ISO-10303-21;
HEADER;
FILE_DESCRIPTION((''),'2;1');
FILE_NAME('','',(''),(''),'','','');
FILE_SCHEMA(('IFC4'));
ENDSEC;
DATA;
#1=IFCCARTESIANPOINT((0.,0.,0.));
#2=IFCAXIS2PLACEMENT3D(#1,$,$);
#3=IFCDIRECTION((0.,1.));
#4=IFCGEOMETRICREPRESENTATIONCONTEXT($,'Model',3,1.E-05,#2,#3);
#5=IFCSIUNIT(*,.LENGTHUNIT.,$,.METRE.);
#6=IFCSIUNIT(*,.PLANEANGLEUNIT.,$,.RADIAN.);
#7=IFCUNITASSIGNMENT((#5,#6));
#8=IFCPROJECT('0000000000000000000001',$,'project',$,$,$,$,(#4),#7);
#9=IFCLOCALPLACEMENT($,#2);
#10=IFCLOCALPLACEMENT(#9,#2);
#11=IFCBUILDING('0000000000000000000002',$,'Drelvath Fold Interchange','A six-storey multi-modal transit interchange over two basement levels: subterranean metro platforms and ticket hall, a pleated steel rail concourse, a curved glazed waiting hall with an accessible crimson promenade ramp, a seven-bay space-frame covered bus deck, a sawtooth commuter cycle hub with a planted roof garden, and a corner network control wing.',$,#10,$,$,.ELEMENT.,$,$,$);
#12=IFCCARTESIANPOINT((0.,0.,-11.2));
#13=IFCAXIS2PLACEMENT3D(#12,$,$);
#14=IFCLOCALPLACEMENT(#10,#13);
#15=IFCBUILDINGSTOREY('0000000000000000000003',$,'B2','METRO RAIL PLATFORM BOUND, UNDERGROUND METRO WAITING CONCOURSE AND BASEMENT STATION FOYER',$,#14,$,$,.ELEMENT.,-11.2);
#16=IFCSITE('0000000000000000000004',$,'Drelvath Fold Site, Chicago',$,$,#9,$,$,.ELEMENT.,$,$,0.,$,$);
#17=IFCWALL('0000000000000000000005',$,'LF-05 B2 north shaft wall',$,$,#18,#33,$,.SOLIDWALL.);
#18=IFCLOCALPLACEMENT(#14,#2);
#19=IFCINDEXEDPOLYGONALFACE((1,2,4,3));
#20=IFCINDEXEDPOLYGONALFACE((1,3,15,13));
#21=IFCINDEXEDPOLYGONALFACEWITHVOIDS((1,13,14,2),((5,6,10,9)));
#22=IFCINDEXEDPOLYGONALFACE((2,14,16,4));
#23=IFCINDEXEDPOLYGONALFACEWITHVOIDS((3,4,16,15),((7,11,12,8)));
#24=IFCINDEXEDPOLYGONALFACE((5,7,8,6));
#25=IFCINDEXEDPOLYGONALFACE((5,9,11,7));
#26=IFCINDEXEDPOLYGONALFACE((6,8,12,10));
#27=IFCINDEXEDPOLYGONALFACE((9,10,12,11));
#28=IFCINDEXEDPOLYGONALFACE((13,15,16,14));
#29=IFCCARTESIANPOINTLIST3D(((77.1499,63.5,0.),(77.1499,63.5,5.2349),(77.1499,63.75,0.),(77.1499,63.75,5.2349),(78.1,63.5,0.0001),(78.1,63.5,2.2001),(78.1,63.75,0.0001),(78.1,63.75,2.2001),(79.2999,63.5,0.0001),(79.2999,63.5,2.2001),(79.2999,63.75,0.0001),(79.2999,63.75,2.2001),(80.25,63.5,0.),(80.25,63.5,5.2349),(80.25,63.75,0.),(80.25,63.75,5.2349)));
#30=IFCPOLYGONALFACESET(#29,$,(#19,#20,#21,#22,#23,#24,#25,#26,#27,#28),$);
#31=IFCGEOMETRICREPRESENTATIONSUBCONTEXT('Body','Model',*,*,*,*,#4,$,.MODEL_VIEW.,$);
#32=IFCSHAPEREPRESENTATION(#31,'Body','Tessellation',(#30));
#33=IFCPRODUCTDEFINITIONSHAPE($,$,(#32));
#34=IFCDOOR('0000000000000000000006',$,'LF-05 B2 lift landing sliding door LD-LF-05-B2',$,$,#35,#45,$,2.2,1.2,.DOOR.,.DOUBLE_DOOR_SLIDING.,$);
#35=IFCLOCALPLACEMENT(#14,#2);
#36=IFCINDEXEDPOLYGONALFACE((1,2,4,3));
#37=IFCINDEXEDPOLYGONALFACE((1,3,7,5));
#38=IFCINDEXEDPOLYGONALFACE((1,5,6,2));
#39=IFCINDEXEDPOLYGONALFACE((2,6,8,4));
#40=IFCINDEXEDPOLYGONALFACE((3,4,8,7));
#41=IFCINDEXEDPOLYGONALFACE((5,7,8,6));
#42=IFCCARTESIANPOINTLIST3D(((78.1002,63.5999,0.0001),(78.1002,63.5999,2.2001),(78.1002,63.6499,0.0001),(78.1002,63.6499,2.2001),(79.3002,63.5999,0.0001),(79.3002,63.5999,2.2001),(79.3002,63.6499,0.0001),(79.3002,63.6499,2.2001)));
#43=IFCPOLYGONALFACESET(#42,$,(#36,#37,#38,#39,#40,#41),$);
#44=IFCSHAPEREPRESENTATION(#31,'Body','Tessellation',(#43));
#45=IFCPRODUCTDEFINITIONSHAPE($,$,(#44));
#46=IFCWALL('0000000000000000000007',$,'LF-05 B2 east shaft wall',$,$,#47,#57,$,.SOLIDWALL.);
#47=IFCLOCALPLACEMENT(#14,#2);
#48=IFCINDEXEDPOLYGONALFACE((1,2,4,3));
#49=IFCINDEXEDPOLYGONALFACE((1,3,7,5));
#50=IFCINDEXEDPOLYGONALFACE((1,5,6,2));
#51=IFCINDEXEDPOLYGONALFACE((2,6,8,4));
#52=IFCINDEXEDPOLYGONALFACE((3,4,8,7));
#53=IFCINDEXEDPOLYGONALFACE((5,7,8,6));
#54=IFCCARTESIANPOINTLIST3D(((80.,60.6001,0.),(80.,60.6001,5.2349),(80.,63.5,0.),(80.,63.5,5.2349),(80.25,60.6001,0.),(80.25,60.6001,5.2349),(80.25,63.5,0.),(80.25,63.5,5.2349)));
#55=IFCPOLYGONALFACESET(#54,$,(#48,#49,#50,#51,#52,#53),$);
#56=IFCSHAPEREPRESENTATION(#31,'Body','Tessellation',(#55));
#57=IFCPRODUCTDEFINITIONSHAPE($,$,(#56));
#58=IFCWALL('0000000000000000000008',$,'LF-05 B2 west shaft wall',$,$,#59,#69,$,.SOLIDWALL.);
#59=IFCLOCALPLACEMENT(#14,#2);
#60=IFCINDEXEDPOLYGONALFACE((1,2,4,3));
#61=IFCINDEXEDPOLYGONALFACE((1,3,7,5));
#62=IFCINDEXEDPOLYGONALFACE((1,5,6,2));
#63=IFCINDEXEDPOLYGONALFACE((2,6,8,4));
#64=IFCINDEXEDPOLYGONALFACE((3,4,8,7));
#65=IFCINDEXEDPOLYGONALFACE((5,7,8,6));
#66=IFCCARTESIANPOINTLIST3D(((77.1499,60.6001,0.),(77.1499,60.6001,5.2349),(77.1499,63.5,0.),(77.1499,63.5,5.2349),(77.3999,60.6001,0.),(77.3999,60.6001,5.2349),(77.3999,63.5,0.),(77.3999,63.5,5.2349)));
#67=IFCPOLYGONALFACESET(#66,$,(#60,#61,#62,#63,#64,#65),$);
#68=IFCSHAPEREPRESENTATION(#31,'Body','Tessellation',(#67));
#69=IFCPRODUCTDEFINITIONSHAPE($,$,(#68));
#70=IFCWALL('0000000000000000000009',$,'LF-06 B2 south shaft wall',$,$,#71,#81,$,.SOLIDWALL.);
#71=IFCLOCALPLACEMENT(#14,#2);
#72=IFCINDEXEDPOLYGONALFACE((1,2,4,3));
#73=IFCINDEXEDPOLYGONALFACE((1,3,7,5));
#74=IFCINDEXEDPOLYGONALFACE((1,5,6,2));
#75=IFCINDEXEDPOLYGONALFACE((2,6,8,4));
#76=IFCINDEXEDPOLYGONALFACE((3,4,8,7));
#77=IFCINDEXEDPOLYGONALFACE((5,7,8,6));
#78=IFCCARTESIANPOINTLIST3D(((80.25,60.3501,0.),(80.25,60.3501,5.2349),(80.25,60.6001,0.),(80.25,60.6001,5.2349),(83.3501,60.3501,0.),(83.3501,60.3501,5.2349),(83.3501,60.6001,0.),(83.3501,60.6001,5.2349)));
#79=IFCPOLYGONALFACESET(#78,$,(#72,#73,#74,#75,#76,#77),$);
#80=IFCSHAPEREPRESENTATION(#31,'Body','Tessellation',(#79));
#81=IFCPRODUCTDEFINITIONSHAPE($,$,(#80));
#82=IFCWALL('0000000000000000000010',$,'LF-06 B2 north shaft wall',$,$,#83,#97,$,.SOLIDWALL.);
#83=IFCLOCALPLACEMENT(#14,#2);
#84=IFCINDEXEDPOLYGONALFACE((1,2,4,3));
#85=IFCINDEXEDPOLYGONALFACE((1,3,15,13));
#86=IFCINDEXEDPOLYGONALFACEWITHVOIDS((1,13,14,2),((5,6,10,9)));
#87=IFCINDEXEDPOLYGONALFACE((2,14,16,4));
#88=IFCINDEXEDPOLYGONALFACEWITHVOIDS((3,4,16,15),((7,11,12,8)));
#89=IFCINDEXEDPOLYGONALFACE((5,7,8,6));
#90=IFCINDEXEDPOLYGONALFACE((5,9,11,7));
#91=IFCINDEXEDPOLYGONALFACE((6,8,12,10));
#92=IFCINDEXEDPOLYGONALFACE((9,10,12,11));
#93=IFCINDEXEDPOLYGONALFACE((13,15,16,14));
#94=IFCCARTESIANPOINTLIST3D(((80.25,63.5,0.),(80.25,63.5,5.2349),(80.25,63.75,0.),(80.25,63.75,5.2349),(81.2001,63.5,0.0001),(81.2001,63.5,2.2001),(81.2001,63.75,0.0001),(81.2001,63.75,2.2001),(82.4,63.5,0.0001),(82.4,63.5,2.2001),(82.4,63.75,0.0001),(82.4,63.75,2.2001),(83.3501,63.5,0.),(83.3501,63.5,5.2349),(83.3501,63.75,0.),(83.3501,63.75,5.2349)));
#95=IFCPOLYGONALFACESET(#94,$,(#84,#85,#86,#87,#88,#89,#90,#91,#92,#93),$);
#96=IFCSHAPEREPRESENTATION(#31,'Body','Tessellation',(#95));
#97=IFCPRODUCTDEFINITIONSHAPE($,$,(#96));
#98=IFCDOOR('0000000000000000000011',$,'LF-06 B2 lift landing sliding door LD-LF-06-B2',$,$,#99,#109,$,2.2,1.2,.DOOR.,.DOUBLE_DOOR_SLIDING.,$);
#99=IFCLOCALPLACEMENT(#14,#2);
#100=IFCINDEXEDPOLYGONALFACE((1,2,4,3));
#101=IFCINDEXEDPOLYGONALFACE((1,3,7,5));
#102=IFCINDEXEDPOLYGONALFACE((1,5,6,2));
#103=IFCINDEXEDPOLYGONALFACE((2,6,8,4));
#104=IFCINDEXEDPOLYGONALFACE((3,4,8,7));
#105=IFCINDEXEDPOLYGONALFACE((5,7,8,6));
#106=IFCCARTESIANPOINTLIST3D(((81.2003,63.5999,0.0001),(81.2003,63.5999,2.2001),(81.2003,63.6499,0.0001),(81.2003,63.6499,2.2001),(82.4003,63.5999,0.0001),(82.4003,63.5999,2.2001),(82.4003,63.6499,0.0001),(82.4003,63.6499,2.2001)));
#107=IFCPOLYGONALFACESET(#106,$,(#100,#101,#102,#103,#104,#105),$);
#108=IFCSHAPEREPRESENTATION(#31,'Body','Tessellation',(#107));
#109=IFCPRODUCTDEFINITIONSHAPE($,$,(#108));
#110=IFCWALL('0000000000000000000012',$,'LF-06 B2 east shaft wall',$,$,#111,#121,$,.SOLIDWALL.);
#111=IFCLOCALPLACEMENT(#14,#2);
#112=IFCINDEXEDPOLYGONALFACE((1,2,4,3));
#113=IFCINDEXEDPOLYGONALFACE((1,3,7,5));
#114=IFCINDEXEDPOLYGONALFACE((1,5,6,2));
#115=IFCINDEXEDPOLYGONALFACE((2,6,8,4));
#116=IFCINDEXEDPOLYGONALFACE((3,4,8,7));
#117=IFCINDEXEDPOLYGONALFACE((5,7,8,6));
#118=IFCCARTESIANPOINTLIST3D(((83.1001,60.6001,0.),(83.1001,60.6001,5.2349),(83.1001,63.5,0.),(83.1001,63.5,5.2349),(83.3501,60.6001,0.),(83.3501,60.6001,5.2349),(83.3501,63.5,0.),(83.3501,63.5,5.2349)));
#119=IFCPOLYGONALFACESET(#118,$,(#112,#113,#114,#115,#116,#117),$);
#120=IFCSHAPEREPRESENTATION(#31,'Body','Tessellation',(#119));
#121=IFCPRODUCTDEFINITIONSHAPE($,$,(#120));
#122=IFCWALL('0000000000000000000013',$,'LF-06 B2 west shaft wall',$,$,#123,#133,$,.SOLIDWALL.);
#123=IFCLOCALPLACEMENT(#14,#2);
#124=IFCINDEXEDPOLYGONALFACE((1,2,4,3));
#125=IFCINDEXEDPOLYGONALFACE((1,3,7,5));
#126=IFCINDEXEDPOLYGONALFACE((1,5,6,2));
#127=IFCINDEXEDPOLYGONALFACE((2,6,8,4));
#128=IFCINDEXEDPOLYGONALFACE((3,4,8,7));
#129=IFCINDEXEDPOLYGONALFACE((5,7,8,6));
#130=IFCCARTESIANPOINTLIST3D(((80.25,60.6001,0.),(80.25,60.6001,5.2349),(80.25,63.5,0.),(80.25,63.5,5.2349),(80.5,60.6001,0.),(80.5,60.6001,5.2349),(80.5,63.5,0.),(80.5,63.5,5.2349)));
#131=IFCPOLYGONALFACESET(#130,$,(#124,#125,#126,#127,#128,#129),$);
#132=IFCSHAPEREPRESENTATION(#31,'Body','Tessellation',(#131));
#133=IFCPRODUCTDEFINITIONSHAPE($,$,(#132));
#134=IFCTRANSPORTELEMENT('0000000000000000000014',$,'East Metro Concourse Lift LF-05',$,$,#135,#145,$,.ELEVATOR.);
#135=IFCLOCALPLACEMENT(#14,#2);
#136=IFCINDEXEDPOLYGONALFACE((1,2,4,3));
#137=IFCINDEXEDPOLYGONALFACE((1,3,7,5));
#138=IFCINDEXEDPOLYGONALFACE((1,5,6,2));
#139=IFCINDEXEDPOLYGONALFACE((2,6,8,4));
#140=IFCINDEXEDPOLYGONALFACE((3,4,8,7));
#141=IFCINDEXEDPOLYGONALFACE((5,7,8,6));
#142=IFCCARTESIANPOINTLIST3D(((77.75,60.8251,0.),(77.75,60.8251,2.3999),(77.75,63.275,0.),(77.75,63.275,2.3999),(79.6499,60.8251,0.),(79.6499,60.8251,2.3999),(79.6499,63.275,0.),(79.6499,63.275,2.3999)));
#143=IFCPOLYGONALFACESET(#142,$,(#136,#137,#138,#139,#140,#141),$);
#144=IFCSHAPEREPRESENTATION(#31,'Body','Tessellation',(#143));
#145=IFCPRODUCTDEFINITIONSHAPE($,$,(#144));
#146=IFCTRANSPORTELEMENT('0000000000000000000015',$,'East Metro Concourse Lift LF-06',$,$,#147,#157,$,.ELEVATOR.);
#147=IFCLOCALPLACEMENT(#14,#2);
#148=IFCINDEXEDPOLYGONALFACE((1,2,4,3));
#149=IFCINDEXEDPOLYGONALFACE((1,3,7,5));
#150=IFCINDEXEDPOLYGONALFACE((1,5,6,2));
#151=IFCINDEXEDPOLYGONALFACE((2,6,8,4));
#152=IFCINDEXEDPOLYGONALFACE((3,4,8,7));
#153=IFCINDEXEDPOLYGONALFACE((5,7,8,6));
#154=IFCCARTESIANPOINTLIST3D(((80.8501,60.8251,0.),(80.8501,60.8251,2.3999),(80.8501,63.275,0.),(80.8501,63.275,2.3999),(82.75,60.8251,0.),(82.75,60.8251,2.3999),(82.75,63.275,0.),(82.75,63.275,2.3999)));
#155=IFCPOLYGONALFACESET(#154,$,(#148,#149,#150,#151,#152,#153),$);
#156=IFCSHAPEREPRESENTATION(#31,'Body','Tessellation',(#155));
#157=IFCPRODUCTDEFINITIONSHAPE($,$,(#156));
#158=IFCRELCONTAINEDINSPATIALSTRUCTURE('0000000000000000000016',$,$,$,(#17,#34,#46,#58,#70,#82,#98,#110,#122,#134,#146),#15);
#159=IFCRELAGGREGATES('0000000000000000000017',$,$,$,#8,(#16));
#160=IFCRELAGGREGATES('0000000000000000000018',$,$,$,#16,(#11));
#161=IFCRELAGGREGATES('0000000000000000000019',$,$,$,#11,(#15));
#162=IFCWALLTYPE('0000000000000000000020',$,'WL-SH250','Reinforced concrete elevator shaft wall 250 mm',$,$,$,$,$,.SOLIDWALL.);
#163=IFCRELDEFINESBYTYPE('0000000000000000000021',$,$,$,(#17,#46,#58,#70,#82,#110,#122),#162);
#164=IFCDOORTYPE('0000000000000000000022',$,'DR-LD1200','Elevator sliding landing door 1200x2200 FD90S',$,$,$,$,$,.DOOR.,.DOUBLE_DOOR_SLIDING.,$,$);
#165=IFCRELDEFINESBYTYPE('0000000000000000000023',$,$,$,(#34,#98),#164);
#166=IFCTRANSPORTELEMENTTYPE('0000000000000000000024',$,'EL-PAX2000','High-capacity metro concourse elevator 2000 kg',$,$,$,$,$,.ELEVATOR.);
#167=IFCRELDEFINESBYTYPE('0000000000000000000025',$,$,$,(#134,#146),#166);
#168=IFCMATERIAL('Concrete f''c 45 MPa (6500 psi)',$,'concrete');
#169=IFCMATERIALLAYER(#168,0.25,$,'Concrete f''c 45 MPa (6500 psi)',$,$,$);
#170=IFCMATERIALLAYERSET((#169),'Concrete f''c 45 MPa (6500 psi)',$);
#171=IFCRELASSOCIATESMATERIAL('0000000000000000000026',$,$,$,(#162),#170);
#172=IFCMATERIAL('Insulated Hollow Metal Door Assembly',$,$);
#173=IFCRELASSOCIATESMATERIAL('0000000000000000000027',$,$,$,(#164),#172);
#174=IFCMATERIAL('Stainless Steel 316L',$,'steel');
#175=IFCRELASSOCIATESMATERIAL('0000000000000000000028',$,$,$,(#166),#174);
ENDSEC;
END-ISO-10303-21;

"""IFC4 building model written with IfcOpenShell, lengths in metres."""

from ifc_helpers import new_model, si_unit, direction, frame, frame_2d, origin, origin_2d, place, context, subcontext, project, spatial, rectangle, extrude, material, layer, layer_set, type_object, element, fill, save


model = new_model("IFC4")

# Units and contexts
model_context = context("Model", 3, precision=1e-05, world=origin(), true_north=direction((0.0, 1.0)))
body_context = subcontext(model_context, "Body", "Model", "MODEL_VIEW")
ifc_project = project(units=[si_unit("LENGTHUNIT", "METRE"), si_unit("PLANEANGLEUNIT", "RADIAN")], contexts=[model_context])

# Site, building, storey
site_placement = place(None, origin())
site = spatial("IfcSite", under=ifc_project, at=site_placement, Name="Drelvath Fold Site, Chicago", CompositionType="ELEMENT", RefElevation=0.0)
building_placement = place(site_placement, origin())
building = spatial("IfcBuilding", under=site, at=building_placement, Name="Drelvath Fold Interchange", Description="A six-storey multi-modal transit interchange over two basement levels: subterranean metro platforms and ticket hall, a pleated steel rail concourse, a curved glazed waiting hall with an accessible crimson promenade ramp, a seven-bay space-frame covered bus deck, a sawtooth commuter cycle hub with a planted roof garden, and a corner network control wing.", CompositionType="ELEMENT")
storey_placement = place(building_placement, frame((0.0, 0.0, -11.2)))
storey = spatial("IfcBuildingStorey", under=building, at=storey_placement, Name="B2", Description="METRO RAIL PLATFORM BOUND, UNDERGROUND METRO WAITING CONCOURSE AND BASEMENT STATION FOYER", CompositionType="ELEMENT", Elevation=-11.2)

# Shared definitions
ifc_material_1 = material(Name="Concrete f'c 45 MPa (6500 psi)", Category="concrete")

# Shared definitions
ifc_layer = layer(ifc_material_1, 0.25, Name="Concrete f'c 45 MPa (6500 psi)")
ifc_layer_set = layer_set([ifc_layer], Name="Concrete f'c 45 MPa (6500 psi)")
wall_type = type_object("IfcWallType", Name="WL-SH250", Description="Reinforced concrete elevator shaft wall 250 mm", PredefinedType="SOLIDWALL", material=ifc_layer_set)

# Wall, opening, door
wall_1_placement = place(storey_placement, frame((80.25, 63.625, 0.0), z_axis=(0.0, 0.0, 1.0), x_axis=(-1.0, 0.0, 0.0)))
wall_1 = element("IfcWall", 1, at=wall_1_placement, inside=storey, type_object=wall_type, Name="LF-05 B2 north shaft wall", PredefinedType="SOLIDWALL", context=body_context, shape_type="SweptSolid", body=[
    extrude(rectangle(XDim=3.1001, YDim=0.25, at=frame_2d((1.55, 0.0))), origin(), (0.0, 0.0, 1.0), 5.2349),
])
opening_1_placement = place(wall_1_placement, frame((0.95, 0.0, 0.0)))
opening_1 = element("IfcOpeningElement", 2, at=opening_1_placement, cuts=wall_1, PredefinedType="OPENING", context=body_context, shape_type="SweptSolid", body=[
    extrude(rectangle(XDim=1.2, YDim=2.2, at=frame_2d((0.6001, 1.1001))), frame((0.0, 0.135, 0.0), z_axis=(0.0, -1.0, 0.0), x_axis=(1.0, 0.0, 0.0)), (0.0, 0.0, 1.0), 0.27),
])
ifc_material_2 = material(Name="Insulated Hollow Metal Door Assembly")
door_type = type_object("IfcDoorType", Name="DR-LD1200", Description="Elevator sliding landing door 1200x2200 FD90S", OperationType="DOUBLE_DOOR_SLIDING", PredefinedType="DOOR", material=ifc_material_2)
door_1_placement = place(opening_1_placement, frame((1.2, 0.0, 0.0), z_axis=(0.0, 0.0, 1.0), x_axis=(-1.0, 0.0, 0.0)))
door_1 = element("IfcDoor", 3, at=door_1_placement, inside=storey, type_object=door_type, Name="LF-05 B2 lift landing sliding door LD-LF-05-B2", OperationType="DOUBLE_DOOR_SLIDING", OverallHeight=2.2, OverallWidth=1.2, PredefinedType="DOOR", context=body_context, shape_type="SweptSolid", body=[
    extrude(rectangle(XDim=1.2, YDim=2.2, at=frame_2d((0.6001, 1.1001))), frame((0.0, 0.0249, 0.0), z_axis=(0.0, -1.0, 0.0), x_axis=(1.0, 0.0, 0.0)), (0.0, 0.0, 1.0), 0.05),
])
fill(opening_1, door_1)

# Walls
for number, where, z_axis, x_axis, name in (
    (4, (80.125, 60.6001, 0.0), (0.0, 0.0, 1.0), (0.0, 1.0, 0.0), "LF-05 B2 east shaft wall"),
    (5, (77.2749, 63.5, 0.0), (0.0, 0.0, 1.0), (0.0, -1.0, 0.0), "LF-05 B2 west shaft wall"),
):
    element("IfcWall", number, at=place(storey_placement, frame(where, z_axis=z_axis, x_axis=x_axis)), inside=storey, type_object=wall_type, Name=name, PredefinedType="SOLIDWALL", context=body_context, shape_type="SweptSolid", body=[
        extrude(rectangle(XDim=2.8999, YDim=0.25, at=frame_2d((1.45, 0.0))), origin(), (0.0, 0.0, 1.0), 5.2349),
    ])
wall_2_placement = place(storey_placement, frame((80.25, 60.4751, 0.0), z_axis=(0.0, 0.0, 1.0), x_axis=(1.0, 0.0, 0.0)))
element("IfcWall", 6, at=wall_2_placement, inside=storey, type_object=wall_type, Name="LF-06 B2 south shaft wall", PredefinedType="SOLIDWALL", context=body_context, shape_type="SweptSolid", body=[
    extrude(rectangle(XDim=3.1001, YDim=0.25, at=frame_2d((1.55, 0.0))), origin(), (0.0, 0.0, 1.0), 5.2349),
])

# Wall, opening, door
wall_3_placement = place(storey_placement, frame((83.3501, 63.625, 0.0), z_axis=(0.0, 0.0, 1.0), x_axis=(-1.0, 0.0, 0.0)))
wall_3 = element("IfcWall", 7, at=wall_3_placement, inside=storey, type_object=wall_type, Name="LF-06 B2 north shaft wall", PredefinedType="SOLIDWALL", context=body_context, shape_type="SweptSolid", body=[
    extrude(rectangle(XDim=3.1001, YDim=0.25, at=frame_2d((1.55, 0.0))), origin(), (0.0, 0.0, 1.0), 5.2349),
])
opening_2_placement = place(wall_3_placement, frame((0.95, 0.0, 0.0)))
opening_2 = element("IfcOpeningElement", 8, at=opening_2_placement, cuts=wall_3, PredefinedType="OPENING", context=body_context, shape_type="SweptSolid", body=[
    extrude(rectangle(XDim=1.2, YDim=2.2, at=frame_2d((0.6001, 1.1001))), frame((0.0, 0.135, 0.0), z_axis=(0.0, -1.0, 0.0), x_axis=(1.0, 0.0, 0.0)), (0.0, 0.0, 1.0), 0.27),
])
door_2_placement = place(opening_2_placement, frame((1.2, 0.0, 0.0), z_axis=(0.0, 0.0, 1.0), x_axis=(-1.0, 0.0, 0.0)))
door_2 = element("IfcDoor", 9, at=door_2_placement, inside=storey, type_object=door_type, Name="LF-06 B2 lift landing sliding door LD-LF-06-B2", OperationType="DOUBLE_DOOR_SLIDING", OverallHeight=2.2, OverallWidth=1.2, PredefinedType="DOOR", context=body_context, shape_type="SweptSolid", body=[
    extrude(rectangle(XDim=1.2, YDim=2.2, at=frame_2d((0.6001, 1.1001))), frame((0.0, 0.0249, 0.0), z_axis=(0.0, -1.0, 0.0), x_axis=(1.0, 0.0, 0.0)), (0.0, 0.0, 1.0), 0.05),
])
fill(opening_2, door_2)

# Walls
for number, where, z_axis, x_axis, name in (
    (10, (83.2251, 60.6001, 0.0), (0.0, 0.0, 1.0), (0.0, 1.0, 0.0), "LF-06 B2 east shaft wall"),
    (11, (80.375, 63.5, 0.0), (0.0, 0.0, 1.0), (0.0, -1.0, 0.0), "LF-06 B2 west shaft wall"),
):
    element("IfcWall", number, at=place(storey_placement, frame(where, z_axis=z_axis, x_axis=x_axis)), inside=storey, type_object=wall_type, Name=name, PredefinedType="SOLIDWALL", context=body_context, shape_type="SweptSolid", body=[
        extrude(rectangle(XDim=2.8999, YDim=0.25, at=frame_2d((1.45, 0.0))), origin(), (0.0, 0.0, 1.0), 5.2349),
    ])

# Transport elements
ifc_material_3 = material(Name="Stainless Steel 316L", Category="steel")
transport_element_type = type_object("IfcTransportElementType", Name="EL-PAX2000", Description="High-capacity metro concourse elevator 2000 kg", PredefinedType="ELEVATOR", material=ifc_material_3)
for number, where, z_axis, x_axis, name in (
    (12, (78.7, 62.05, 0.0), (0.0, 0.0, 1.0), (1.0, 0.0, 0.0), "East Metro Concourse Lift LF-05"),
    (13, (81.8, 62.05, 0.0), (0.0, 0.0, 1.0), (1.0, 0.0, 0.0), "East Metro Concourse Lift LF-06"),
):
    element("IfcTransportElement", number, at=place(storey_placement, frame(where, z_axis=z_axis, x_axis=x_axis)), inside=storey, type_object=transport_element_type, Name=name, PredefinedType="ELEVATOR", context=body_context, shape_type="SweptSolid", body=[
        extrude(rectangle(XDim=1.8999, YDim=2.45, at=origin_2d()), origin(), (0.0, 0.0, 1.0), 2.3999),
    ])

save(model, "model.ifc")
